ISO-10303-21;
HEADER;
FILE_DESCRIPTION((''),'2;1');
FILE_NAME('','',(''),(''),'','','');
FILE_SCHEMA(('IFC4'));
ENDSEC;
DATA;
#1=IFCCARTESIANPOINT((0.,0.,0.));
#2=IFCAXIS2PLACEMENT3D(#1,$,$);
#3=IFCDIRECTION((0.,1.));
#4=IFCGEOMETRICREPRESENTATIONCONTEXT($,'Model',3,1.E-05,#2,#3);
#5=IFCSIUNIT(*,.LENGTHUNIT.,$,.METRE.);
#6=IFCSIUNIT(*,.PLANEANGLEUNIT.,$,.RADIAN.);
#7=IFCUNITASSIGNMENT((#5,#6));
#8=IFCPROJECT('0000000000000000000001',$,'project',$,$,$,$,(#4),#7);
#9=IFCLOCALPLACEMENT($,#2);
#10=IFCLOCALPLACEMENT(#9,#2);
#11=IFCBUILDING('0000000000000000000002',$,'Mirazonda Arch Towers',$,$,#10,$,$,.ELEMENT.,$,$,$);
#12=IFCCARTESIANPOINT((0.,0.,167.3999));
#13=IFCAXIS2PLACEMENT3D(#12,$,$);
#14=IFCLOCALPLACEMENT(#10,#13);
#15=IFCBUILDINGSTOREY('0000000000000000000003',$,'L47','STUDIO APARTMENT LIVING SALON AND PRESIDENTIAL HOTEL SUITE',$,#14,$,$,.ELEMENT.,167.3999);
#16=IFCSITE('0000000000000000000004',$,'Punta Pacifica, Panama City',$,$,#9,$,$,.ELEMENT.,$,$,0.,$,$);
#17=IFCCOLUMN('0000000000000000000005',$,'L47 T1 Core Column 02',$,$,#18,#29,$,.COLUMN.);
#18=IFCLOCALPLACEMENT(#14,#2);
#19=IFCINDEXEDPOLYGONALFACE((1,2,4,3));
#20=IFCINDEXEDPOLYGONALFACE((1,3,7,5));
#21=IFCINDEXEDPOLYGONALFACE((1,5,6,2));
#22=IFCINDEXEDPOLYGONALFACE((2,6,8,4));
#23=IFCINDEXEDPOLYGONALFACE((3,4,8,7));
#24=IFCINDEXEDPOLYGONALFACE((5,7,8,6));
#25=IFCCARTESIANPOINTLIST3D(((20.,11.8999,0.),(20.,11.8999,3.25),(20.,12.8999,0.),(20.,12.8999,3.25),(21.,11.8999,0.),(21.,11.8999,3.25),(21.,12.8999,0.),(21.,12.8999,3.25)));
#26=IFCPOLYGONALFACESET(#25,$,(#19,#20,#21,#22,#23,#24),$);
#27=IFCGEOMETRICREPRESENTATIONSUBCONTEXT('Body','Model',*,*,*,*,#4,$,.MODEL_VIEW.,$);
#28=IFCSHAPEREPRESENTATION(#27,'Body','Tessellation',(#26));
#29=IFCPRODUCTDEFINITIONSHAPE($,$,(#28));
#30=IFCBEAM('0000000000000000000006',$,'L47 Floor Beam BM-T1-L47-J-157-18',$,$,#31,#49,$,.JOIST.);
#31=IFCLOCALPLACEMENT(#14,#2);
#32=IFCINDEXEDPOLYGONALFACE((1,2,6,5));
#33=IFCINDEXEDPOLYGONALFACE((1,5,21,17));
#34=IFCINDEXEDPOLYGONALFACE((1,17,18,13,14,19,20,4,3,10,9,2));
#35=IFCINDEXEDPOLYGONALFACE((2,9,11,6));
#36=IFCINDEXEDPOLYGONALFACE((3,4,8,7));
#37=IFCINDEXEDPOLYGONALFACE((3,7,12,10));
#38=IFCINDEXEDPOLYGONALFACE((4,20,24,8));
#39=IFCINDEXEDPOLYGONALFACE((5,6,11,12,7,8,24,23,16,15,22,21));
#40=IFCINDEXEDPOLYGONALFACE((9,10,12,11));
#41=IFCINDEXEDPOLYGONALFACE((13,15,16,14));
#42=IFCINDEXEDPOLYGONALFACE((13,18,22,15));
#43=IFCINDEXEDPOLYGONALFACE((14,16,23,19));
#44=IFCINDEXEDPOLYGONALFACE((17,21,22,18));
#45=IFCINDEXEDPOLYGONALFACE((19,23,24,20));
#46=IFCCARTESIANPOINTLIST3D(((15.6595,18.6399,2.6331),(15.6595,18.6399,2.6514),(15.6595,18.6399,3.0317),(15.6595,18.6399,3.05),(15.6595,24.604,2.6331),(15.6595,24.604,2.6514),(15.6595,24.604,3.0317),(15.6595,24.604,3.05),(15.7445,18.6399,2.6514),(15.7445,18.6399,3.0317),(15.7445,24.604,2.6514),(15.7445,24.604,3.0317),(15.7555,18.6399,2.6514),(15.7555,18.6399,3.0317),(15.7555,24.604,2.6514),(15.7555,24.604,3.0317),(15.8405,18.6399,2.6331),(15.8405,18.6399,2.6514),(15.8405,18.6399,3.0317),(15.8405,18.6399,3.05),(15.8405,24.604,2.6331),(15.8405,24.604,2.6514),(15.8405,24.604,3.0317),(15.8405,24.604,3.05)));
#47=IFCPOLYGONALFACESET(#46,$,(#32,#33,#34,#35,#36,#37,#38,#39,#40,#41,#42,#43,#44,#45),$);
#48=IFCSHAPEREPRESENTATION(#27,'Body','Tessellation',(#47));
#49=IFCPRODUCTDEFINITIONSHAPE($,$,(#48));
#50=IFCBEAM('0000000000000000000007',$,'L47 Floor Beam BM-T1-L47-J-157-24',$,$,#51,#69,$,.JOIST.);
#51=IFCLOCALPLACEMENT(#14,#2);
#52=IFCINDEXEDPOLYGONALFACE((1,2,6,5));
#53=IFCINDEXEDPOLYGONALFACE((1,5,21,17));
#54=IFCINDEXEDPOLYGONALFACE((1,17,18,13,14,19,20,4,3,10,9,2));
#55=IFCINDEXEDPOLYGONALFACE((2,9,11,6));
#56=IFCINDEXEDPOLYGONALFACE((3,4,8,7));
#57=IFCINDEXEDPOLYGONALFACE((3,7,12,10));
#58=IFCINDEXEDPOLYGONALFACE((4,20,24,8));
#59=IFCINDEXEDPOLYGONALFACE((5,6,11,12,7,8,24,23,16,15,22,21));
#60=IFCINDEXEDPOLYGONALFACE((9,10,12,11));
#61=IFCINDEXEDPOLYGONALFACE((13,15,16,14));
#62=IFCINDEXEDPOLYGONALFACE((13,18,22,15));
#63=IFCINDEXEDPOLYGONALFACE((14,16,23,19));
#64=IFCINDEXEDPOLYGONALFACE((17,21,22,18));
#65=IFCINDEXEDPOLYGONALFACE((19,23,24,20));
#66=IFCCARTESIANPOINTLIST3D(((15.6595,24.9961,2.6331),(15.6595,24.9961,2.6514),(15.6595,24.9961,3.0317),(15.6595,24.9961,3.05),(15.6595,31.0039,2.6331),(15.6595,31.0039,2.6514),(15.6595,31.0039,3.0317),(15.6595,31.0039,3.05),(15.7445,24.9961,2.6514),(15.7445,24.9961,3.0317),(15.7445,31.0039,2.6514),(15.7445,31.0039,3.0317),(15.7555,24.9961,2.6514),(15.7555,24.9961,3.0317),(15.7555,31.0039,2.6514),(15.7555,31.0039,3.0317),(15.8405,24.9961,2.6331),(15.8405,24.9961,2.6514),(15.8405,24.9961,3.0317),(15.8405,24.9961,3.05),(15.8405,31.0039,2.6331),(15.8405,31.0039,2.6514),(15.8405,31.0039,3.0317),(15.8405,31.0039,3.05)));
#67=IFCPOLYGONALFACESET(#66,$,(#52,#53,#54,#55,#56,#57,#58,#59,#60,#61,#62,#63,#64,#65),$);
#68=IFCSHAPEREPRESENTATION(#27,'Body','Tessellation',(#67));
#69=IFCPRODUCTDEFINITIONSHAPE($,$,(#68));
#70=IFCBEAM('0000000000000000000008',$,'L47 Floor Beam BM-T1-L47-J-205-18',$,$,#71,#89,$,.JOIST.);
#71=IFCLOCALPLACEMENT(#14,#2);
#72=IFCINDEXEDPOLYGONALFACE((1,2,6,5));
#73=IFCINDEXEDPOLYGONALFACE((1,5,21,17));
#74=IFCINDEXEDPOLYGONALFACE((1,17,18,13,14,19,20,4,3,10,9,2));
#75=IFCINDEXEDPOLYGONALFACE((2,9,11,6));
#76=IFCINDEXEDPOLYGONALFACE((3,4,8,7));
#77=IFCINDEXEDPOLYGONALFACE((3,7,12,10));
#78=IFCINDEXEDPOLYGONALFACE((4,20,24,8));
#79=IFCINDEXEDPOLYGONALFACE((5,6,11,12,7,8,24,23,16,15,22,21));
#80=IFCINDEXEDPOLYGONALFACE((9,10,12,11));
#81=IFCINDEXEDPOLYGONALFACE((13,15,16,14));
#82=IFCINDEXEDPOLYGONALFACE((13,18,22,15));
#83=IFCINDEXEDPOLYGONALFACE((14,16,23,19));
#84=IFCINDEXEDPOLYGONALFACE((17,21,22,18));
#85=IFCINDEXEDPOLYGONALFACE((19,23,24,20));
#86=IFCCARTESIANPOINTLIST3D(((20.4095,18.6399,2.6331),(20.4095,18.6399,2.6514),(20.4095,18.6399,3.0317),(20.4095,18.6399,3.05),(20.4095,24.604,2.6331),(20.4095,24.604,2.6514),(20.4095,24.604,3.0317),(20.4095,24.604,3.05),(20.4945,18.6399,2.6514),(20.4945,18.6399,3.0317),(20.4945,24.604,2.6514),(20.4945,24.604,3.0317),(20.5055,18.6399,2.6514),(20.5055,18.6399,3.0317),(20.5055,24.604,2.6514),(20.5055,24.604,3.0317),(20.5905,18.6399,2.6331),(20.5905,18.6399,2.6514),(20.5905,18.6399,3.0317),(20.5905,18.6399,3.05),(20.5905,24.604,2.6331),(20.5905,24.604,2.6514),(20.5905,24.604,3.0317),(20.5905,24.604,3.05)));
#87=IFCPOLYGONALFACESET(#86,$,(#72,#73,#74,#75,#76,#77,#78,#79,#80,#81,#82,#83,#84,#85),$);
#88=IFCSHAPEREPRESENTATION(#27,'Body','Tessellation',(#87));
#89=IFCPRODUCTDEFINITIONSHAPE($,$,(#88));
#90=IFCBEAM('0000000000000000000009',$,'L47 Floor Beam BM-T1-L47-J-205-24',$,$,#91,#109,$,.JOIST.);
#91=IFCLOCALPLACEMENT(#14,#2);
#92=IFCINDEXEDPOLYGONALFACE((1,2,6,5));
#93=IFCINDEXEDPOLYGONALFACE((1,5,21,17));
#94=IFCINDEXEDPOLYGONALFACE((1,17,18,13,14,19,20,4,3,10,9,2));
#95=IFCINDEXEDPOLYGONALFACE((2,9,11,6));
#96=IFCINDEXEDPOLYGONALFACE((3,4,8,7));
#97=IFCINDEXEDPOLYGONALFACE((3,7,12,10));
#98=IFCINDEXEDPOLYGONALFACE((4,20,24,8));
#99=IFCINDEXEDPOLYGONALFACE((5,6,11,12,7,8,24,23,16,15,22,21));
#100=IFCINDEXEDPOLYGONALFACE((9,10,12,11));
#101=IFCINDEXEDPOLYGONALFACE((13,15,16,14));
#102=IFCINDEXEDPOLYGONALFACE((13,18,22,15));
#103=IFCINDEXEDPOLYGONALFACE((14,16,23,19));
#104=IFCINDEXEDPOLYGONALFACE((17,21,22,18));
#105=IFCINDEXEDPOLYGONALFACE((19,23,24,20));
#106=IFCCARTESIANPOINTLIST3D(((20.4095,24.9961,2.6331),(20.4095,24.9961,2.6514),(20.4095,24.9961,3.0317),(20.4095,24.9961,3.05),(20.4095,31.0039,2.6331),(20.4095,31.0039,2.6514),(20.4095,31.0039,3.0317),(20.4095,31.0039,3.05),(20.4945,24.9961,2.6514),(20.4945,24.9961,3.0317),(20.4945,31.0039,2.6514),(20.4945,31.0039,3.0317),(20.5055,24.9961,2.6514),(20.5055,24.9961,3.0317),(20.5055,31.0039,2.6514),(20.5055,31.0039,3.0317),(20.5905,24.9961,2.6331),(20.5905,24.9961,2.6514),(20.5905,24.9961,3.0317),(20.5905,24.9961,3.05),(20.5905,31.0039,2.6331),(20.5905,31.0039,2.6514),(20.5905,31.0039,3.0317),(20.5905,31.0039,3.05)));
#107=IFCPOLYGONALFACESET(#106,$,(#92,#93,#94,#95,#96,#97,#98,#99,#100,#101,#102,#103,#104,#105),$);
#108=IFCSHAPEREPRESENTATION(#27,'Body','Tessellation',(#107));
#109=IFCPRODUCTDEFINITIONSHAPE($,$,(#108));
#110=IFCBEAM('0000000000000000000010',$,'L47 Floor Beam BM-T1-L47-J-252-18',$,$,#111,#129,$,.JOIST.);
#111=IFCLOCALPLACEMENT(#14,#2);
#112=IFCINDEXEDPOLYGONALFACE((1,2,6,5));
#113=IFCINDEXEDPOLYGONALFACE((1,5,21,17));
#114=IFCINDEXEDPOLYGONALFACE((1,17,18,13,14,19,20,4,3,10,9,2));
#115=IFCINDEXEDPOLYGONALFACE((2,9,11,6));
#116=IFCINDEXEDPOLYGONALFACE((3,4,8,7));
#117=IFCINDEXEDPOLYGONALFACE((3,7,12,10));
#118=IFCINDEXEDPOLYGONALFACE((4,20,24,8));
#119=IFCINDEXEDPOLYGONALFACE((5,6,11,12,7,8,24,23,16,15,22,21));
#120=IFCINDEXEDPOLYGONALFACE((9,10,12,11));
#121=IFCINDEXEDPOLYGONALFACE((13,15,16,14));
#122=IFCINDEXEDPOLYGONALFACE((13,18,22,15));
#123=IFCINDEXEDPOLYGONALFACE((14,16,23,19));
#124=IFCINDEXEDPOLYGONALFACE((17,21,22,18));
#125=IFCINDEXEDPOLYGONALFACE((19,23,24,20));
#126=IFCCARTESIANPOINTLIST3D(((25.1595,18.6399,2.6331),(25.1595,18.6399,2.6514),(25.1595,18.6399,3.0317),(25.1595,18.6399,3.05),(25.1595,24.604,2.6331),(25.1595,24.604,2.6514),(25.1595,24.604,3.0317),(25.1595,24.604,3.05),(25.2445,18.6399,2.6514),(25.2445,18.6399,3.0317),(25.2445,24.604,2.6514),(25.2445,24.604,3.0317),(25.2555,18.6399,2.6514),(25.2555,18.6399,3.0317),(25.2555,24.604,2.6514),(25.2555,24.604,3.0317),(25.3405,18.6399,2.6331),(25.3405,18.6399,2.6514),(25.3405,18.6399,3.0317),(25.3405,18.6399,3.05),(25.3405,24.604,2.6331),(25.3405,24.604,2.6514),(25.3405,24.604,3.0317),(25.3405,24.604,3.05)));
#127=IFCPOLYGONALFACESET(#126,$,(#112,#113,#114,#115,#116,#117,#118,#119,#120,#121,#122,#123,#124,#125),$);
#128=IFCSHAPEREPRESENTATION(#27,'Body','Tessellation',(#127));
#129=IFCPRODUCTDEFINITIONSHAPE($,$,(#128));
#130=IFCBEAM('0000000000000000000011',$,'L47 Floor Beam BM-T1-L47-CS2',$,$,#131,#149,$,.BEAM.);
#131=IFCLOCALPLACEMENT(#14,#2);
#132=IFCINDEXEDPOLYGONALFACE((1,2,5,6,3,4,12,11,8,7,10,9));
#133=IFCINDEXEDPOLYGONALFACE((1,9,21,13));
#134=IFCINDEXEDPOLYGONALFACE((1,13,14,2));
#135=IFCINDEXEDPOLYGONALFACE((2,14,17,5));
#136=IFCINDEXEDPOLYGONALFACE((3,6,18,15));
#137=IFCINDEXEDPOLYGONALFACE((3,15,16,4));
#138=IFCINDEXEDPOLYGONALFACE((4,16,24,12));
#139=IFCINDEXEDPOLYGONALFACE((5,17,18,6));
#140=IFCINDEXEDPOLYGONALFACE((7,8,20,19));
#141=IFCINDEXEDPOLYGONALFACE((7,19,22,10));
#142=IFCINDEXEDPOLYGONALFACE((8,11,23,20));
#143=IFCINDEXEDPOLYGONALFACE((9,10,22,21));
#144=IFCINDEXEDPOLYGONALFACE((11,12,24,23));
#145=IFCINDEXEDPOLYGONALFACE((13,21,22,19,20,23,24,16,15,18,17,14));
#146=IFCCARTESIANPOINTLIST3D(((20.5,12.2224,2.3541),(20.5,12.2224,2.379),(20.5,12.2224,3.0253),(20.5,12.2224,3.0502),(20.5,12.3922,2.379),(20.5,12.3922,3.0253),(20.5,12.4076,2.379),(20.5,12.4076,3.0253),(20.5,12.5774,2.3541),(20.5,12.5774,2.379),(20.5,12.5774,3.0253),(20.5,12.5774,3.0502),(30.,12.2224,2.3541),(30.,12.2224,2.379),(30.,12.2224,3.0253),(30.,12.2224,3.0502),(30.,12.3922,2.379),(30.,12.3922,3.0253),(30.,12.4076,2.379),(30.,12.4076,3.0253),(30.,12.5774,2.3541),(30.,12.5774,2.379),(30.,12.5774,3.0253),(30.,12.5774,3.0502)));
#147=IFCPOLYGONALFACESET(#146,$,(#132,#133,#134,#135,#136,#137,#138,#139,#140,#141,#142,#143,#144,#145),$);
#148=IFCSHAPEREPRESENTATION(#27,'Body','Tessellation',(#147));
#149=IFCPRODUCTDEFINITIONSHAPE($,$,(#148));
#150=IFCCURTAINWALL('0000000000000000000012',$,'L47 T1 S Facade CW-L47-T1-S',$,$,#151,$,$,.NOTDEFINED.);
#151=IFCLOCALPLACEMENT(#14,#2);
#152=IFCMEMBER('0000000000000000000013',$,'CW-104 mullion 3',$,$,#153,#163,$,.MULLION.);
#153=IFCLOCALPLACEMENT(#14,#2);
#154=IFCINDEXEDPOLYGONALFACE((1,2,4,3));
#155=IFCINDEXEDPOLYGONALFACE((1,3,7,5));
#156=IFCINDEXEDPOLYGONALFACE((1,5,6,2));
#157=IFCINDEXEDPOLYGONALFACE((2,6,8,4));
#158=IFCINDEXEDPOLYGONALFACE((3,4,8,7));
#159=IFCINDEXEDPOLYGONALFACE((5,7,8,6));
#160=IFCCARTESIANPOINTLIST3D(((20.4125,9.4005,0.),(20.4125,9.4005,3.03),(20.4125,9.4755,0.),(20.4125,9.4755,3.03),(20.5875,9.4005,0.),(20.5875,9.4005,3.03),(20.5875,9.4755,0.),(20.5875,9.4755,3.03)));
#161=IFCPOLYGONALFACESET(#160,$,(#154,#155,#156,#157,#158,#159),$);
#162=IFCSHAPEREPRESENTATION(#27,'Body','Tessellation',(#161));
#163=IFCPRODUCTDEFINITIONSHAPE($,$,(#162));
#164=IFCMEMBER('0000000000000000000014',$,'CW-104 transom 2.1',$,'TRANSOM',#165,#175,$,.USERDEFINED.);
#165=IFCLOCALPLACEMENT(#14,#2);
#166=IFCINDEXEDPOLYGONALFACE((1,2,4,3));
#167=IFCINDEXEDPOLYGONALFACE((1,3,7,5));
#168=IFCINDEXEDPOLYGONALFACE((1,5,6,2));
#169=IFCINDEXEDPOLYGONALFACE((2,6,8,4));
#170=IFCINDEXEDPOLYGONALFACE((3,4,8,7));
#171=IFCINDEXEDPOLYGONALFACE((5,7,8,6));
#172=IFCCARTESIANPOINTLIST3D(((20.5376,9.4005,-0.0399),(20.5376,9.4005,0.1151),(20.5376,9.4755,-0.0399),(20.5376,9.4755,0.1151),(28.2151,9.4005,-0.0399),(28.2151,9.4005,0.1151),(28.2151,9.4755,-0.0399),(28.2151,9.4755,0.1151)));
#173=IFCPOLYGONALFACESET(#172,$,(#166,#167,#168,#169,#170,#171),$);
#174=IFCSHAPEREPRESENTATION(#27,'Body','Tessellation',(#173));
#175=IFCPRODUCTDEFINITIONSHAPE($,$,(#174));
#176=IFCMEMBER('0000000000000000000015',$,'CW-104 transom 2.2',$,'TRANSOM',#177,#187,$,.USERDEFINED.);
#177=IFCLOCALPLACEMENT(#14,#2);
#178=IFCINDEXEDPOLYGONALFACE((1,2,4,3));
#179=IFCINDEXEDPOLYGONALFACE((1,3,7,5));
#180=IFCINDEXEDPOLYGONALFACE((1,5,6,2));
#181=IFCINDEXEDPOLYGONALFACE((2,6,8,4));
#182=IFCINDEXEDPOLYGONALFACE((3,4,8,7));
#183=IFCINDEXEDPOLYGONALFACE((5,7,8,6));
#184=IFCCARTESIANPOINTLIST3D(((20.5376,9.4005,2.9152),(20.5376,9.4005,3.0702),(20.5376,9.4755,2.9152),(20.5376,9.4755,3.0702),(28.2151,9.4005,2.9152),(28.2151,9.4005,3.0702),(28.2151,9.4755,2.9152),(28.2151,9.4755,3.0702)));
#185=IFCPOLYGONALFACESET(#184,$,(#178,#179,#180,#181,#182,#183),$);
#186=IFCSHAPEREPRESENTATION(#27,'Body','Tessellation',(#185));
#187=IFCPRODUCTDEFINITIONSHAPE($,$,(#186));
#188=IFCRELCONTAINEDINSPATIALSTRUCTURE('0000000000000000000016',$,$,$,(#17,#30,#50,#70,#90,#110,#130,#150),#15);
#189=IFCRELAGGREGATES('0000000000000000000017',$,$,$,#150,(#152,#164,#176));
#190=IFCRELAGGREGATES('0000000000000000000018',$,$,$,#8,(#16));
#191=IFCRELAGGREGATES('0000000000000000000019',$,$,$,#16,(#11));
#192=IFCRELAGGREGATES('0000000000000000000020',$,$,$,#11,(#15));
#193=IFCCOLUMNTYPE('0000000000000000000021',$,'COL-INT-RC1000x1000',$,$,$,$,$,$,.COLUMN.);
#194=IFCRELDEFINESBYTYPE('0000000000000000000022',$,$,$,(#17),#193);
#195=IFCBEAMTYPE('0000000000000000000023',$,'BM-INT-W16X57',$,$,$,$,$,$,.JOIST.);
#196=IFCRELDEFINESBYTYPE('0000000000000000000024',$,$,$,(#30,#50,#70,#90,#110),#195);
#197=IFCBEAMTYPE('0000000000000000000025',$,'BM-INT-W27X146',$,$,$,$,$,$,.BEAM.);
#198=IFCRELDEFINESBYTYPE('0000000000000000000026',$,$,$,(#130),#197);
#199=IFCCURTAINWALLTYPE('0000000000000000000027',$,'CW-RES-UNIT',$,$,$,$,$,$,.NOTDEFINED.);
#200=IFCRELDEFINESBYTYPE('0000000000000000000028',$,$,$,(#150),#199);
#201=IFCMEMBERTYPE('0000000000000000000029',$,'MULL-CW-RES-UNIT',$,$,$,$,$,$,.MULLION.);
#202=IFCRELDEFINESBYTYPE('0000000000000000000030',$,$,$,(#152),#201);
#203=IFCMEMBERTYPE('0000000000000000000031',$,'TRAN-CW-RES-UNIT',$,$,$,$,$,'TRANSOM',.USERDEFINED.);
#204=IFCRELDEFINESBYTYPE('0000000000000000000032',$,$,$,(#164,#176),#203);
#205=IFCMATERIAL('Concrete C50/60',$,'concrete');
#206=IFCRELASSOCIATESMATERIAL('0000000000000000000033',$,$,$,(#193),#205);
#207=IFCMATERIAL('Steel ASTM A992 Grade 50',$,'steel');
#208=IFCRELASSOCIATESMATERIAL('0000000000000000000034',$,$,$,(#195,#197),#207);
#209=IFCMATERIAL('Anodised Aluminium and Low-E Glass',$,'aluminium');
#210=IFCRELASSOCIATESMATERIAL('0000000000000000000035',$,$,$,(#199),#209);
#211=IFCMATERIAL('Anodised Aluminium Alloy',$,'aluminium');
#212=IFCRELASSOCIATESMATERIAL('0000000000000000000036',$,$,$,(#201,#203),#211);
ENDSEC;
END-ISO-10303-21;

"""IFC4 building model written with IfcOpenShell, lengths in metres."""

from ifc_helpers import new_model, si_unit, direction, frame, origin, origin_2d, place, context, subcontext, project, spatial, rectangle, i_section, extrude, material, material_profile, profile_set, type_object, element, aggregate, save


model = new_model("IFC4")

# Units and contexts
model_context = context("Model", 3, precision=1e-05, world=origin(), true_north=direction((0.0, 1.0)))
body_context = subcontext(model_context, "Body", "Model", "MODEL_VIEW")
ifc_project = project(units=[si_unit("LENGTHUNIT", "METRE"), si_unit("PLANEANGLEUNIT", "RADIAN")], contexts=[model_context])

# Site, building, storey
site_placement = place(None, origin())
site = spatial("IfcSite", under=ifc_project, at=site_placement, Name="Punta Pacifica, Panama City", CompositionType="ELEMENT", RefElevation=0.0)
building_placement = place(site_placement, origin())
building = spatial("IfcBuilding", under=site, at=building_placement, Name="Mirazonda Arch Towers", CompositionType="ELEMENT")
storey_placement = place(building_placement, frame((0.0, 0.0, 167.3999)))
storey = spatial("IfcBuildingStorey", under=building, at=storey_placement, Name="L47", Description="STUDIO APARTMENT LIVING SALON AND PRESIDENTIAL HOTEL SUITE", CompositionType="ELEMENT", Elevation=167.3999)

# Column
ifc_material_1 = material(Name="Concrete C50/60", Category="concrete")
ifc_material_profile_1 = material_profile(ifc_material_1, rectangle(XDim=1.0, YDim=1.0, at=origin_2d()), Name="RC1000x1000")
ifc_profile_set_1 = profile_set([ifc_material_profile_1], Name="Concrete C50/60")
column_type = type_object("IfcColumnType", Name="COL-INT-RC1000x1000", PredefinedType="COLUMN", material=ifc_profile_set_1)
column_placement = place(storey_placement, frame((20.5, 12.3999, 0.0), z_axis=(0.0, 0.0, 1.0), x_axis=(1.0, 0.0, 0.0)))
element("IfcColumn", 1, at=column_placement, inside=storey, type_object=column_type, Name="L47 T1 Core Column 02", PredefinedType="COLUMN", context=body_context, shape_type="SweptSolid", body=[
    extrude(rectangle(XDim=1.0, YDim=1.0, at=origin_2d()), origin(), (0.0, 0.0, 1.0), 3.25),
])

# Beams
ifc_material_2 = material(Name="Steel ASTM A992 Grade 50", Category="steel")
ifc_material_profile_2 = material_profile(ifc_material_2, i_section(OverallWidth=0.1809, OverallDepth=0.417, WebThickness=0.011, FlangeThickness=0.0183, at=origin_2d()), Name="W16X57")
ifc_profile_set_2 = profile_set([ifc_material_profile_2], Name="Steel ASTM A992 Grade 50")
beam_type_1 = type_object("IfcBeamType", Name="BM-INT-W16X57", PredefinedType="JOIST", material=ifc_profile_set_2)
beam_1_placement = place(storey_placement, frame((15.75, 18.6399, 2.8416), z_axis=(0.0, 1.0, 0.0), x_axis=(-1.0, 0.0, 0.0)))
element("IfcBeam", 2, at=beam_1_placement, inside=storey, type_object=beam_type_1, Name="L47 Floor Beam BM-T1-L47-J-157-18", PredefinedType="JOIST", context=body_context, shape_type="SweptSolid", body=[
    extrude(i_section(OverallWidth=0.1809, OverallDepth=0.417, WebThickness=0.011, FlangeThickness=0.0183, at=origin_2d()), origin(), (0.0, 0.0, 1.0), 5.9641),
])
beam_2_placement = place(storey_placement, frame((15.75, 24.9961, 2.8416), z_axis=(0.0, 1.0, 0.0), x_axis=(-1.0, 0.0, 0.0)))
element("IfcBeam", 3, at=beam_2_placement, inside=storey, type_object=beam_type_1, Name="L47 Floor Beam BM-T1-L47-J-157-24", PredefinedType="JOIST", context=body_context, shape_type="SweptSolid", body=[
    extrude(i_section(OverallWidth=0.1809, OverallDepth=0.417, WebThickness=0.011, FlangeThickness=0.0183, at=origin_2d()), origin(), (0.0, 0.0, 1.0), 6.0078),
])
beam_3_placement = place(storey_placement, frame((20.5, 18.6399, 2.8416), z_axis=(0.0, 1.0, 0.0), x_axis=(-1.0, 0.0, 0.0)))
element("IfcBeam", 4, at=beam_3_placement, inside=storey, type_object=beam_type_1, Name="L47 Floor Beam BM-T1-L47-J-205-18", PredefinedType="JOIST", context=body_context, shape_type="SweptSolid", body=[
    extrude(i_section(OverallWidth=0.1809, OverallDepth=0.417, WebThickness=0.011, FlangeThickness=0.0183, at=origin_2d()), origin(), (0.0, 0.0, 1.0), 5.9641),
])
beam_4_placement = place(storey_placement, frame((20.5, 24.9961, 2.8416), z_axis=(0.0, 1.0, 0.0), x_axis=(-1.0, 0.0, 0.0)))
element("IfcBeam", 5, at=beam_4_placement, inside=storey, type_object=beam_type_1, Name="L47 Floor Beam BM-T1-L47-J-205-24", PredefinedType="JOIST", context=body_context, shape_type="SweptSolid", body=[
    extrude(i_section(OverallWidth=0.1809, OverallDepth=0.417, WebThickness=0.011, FlangeThickness=0.0183, at=origin_2d()), origin(), (0.0, 0.0, 1.0), 6.0078),
])
beam_5_placement = place(storey_placement, frame((25.25, 18.6399, 2.8416), z_axis=(0.0, 1.0, 0.0), x_axis=(-1.0, 0.0, 0.0)))
element("IfcBeam", 6, at=beam_5_placement, inside=storey, type_object=beam_type_1, Name="L47 Floor Beam BM-T1-L47-J-252-18", PredefinedType="JOIST", context=body_context, shape_type="SweptSolid", body=[
    extrude(i_section(OverallWidth=0.1809, OverallDepth=0.417, WebThickness=0.011, FlangeThickness=0.0183, at=origin_2d()), origin(), (0.0, 0.0, 1.0), 5.9641),
])
ifc_material_profile_3 = material_profile(ifc_material_2, i_section(OverallWidth=0.355, OverallDepth=0.696, WebThickness=0.0154, FlangeThickness=0.0249, at=origin_2d()), Name="W27X146")
ifc_profile_set_3 = profile_set([ifc_material_profile_3], Name="Steel ASTM A992 Grade 50")
beam_type_2 = type_object("IfcBeamType", Name="BM-INT-W27X146", PredefinedType="BEAM", material=ifc_profile_set_3)
beam_6_placement = place(storey_placement, frame((20.5, 12.3999, 2.7021), z_axis=(1.0, 0.0, 0.0), x_axis=(0.0, 1.0, 0.0)))
element("IfcBeam", 7, at=beam_6_placement, inside=storey, type_object=beam_type_2, Name="L47 Floor Beam BM-T1-L47-CS2", PredefinedType="BEAM", context=body_context, shape_type="SweptSolid", body=[
    extrude(i_section(OverallWidth=0.355, OverallDepth=0.696, WebThickness=0.0154, FlangeThickness=0.0249, at=origin_2d()), origin(), (0.0, 0.0, 1.0), 9.5),
])

# Curtain wall, members
ifc_material_3 = material(Name="Anodised Aluminium and Low-E Glass", Category="aluminium")
curtain_wall_type = type_object("IfcCurtainWallType", Name="CW-RES-UNIT", PredefinedType="NOTDEFINED", material=ifc_material_3)
curtain_wall_placement = place(storey_placement, origin())
curtain_wall = element("IfcCurtainWall", 8, at=curtain_wall_placement, inside=storey, type_object=curtain_wall_type, Name="L47 T1 S Facade CW-L47-T1-S", PredefinedType="NOTDEFINED")
ifc_material_4 = material(Name="Anodised Aluminium Alloy", Category="aluminium")
ifc_material_profile_4 = material_profile(ifc_material_4, rectangle(XDim=0.075, YDim=0.175, at=origin_2d()), Name="ALU-MULL-75x175")
ifc_profile_set_4 = profile_set([ifc_material_profile_4], Name="Anodised Aluminium Alloy")
member_type_1 = type_object("IfcMemberType", Name="MULL-CW-RES-UNIT", PredefinedType="MULLION", material=ifc_profile_set_4)
member_1_placement = place(storey_placement, frame((20.5, 9.438, 0.0), z_axis=(0.0, 0.0, 1.0), x_axis=(0.0, -1.0, 0.0)))
member_1 = element("IfcMember", 9, at=member_1_placement, type_object=member_type_1, Name="CW-104 mullion 3", PredefinedType="MULLION", context=body_context, shape_type="SweptSolid", body=[
    extrude(rectangle(XDim=0.075, YDim=0.175, at=origin_2d()), origin(), (0.0, 0.0, 1.0), 3.03),
])
ifc_material_profile_5 = material_profile(ifc_material_4, rectangle(XDim=0.075, YDim=0.155, at=origin_2d()), Name="ALU-TRAN-75x155")
ifc_profile_set_5 = profile_set([ifc_material_profile_5], Name="Anodised Aluminium Alloy")
member_type_2 = type_object("IfcMemberType", Name="TRAN-CW-RES-UNIT", ElementType="TRANSOM", PredefinedType="USERDEFINED", material=ifc_profile_set_5)
member_2_placement = place(storey_placement, frame((28.2151, 9.438, 0.0376), z_axis=(-1.0, 0.0, 0.0), x_axis=(0.0, -1.0, 0.0)))
member_2 = element("IfcMember", 10, at=member_2_placement, type_object=member_type_2, Name="CW-104 transom 2.1", ObjectType="TRANSOM", PredefinedType="USERDEFINED", context=body_context, shape_type="SweptSolid", body=[
    extrude(rectangle(XDim=0.075, YDim=0.155, at=origin_2d()), origin(), (0.0, 0.0, 1.0), 7.6775),
])
member_3_placement = place(storey_placement, frame((28.2151, 9.438, 2.9927), z_axis=(-1.0, 0.0, 0.0), x_axis=(0.0, -1.0, 0.0)))
member_3 = element("IfcMember", 11, at=member_3_placement, type_object=member_type_2, Name="CW-104 transom 2.2", ObjectType="TRANSOM", PredefinedType="USERDEFINED", context=body_context, shape_type="SweptSolid", body=[
    extrude(rectangle(XDim=0.075, YDim=0.155, at=origin_2d()), origin(), (0.0, 0.0, 1.0), 7.6775),
])
aggregate(curtain_wall, [member_1, member_2, member_3])

save(model, "model.ifc")
